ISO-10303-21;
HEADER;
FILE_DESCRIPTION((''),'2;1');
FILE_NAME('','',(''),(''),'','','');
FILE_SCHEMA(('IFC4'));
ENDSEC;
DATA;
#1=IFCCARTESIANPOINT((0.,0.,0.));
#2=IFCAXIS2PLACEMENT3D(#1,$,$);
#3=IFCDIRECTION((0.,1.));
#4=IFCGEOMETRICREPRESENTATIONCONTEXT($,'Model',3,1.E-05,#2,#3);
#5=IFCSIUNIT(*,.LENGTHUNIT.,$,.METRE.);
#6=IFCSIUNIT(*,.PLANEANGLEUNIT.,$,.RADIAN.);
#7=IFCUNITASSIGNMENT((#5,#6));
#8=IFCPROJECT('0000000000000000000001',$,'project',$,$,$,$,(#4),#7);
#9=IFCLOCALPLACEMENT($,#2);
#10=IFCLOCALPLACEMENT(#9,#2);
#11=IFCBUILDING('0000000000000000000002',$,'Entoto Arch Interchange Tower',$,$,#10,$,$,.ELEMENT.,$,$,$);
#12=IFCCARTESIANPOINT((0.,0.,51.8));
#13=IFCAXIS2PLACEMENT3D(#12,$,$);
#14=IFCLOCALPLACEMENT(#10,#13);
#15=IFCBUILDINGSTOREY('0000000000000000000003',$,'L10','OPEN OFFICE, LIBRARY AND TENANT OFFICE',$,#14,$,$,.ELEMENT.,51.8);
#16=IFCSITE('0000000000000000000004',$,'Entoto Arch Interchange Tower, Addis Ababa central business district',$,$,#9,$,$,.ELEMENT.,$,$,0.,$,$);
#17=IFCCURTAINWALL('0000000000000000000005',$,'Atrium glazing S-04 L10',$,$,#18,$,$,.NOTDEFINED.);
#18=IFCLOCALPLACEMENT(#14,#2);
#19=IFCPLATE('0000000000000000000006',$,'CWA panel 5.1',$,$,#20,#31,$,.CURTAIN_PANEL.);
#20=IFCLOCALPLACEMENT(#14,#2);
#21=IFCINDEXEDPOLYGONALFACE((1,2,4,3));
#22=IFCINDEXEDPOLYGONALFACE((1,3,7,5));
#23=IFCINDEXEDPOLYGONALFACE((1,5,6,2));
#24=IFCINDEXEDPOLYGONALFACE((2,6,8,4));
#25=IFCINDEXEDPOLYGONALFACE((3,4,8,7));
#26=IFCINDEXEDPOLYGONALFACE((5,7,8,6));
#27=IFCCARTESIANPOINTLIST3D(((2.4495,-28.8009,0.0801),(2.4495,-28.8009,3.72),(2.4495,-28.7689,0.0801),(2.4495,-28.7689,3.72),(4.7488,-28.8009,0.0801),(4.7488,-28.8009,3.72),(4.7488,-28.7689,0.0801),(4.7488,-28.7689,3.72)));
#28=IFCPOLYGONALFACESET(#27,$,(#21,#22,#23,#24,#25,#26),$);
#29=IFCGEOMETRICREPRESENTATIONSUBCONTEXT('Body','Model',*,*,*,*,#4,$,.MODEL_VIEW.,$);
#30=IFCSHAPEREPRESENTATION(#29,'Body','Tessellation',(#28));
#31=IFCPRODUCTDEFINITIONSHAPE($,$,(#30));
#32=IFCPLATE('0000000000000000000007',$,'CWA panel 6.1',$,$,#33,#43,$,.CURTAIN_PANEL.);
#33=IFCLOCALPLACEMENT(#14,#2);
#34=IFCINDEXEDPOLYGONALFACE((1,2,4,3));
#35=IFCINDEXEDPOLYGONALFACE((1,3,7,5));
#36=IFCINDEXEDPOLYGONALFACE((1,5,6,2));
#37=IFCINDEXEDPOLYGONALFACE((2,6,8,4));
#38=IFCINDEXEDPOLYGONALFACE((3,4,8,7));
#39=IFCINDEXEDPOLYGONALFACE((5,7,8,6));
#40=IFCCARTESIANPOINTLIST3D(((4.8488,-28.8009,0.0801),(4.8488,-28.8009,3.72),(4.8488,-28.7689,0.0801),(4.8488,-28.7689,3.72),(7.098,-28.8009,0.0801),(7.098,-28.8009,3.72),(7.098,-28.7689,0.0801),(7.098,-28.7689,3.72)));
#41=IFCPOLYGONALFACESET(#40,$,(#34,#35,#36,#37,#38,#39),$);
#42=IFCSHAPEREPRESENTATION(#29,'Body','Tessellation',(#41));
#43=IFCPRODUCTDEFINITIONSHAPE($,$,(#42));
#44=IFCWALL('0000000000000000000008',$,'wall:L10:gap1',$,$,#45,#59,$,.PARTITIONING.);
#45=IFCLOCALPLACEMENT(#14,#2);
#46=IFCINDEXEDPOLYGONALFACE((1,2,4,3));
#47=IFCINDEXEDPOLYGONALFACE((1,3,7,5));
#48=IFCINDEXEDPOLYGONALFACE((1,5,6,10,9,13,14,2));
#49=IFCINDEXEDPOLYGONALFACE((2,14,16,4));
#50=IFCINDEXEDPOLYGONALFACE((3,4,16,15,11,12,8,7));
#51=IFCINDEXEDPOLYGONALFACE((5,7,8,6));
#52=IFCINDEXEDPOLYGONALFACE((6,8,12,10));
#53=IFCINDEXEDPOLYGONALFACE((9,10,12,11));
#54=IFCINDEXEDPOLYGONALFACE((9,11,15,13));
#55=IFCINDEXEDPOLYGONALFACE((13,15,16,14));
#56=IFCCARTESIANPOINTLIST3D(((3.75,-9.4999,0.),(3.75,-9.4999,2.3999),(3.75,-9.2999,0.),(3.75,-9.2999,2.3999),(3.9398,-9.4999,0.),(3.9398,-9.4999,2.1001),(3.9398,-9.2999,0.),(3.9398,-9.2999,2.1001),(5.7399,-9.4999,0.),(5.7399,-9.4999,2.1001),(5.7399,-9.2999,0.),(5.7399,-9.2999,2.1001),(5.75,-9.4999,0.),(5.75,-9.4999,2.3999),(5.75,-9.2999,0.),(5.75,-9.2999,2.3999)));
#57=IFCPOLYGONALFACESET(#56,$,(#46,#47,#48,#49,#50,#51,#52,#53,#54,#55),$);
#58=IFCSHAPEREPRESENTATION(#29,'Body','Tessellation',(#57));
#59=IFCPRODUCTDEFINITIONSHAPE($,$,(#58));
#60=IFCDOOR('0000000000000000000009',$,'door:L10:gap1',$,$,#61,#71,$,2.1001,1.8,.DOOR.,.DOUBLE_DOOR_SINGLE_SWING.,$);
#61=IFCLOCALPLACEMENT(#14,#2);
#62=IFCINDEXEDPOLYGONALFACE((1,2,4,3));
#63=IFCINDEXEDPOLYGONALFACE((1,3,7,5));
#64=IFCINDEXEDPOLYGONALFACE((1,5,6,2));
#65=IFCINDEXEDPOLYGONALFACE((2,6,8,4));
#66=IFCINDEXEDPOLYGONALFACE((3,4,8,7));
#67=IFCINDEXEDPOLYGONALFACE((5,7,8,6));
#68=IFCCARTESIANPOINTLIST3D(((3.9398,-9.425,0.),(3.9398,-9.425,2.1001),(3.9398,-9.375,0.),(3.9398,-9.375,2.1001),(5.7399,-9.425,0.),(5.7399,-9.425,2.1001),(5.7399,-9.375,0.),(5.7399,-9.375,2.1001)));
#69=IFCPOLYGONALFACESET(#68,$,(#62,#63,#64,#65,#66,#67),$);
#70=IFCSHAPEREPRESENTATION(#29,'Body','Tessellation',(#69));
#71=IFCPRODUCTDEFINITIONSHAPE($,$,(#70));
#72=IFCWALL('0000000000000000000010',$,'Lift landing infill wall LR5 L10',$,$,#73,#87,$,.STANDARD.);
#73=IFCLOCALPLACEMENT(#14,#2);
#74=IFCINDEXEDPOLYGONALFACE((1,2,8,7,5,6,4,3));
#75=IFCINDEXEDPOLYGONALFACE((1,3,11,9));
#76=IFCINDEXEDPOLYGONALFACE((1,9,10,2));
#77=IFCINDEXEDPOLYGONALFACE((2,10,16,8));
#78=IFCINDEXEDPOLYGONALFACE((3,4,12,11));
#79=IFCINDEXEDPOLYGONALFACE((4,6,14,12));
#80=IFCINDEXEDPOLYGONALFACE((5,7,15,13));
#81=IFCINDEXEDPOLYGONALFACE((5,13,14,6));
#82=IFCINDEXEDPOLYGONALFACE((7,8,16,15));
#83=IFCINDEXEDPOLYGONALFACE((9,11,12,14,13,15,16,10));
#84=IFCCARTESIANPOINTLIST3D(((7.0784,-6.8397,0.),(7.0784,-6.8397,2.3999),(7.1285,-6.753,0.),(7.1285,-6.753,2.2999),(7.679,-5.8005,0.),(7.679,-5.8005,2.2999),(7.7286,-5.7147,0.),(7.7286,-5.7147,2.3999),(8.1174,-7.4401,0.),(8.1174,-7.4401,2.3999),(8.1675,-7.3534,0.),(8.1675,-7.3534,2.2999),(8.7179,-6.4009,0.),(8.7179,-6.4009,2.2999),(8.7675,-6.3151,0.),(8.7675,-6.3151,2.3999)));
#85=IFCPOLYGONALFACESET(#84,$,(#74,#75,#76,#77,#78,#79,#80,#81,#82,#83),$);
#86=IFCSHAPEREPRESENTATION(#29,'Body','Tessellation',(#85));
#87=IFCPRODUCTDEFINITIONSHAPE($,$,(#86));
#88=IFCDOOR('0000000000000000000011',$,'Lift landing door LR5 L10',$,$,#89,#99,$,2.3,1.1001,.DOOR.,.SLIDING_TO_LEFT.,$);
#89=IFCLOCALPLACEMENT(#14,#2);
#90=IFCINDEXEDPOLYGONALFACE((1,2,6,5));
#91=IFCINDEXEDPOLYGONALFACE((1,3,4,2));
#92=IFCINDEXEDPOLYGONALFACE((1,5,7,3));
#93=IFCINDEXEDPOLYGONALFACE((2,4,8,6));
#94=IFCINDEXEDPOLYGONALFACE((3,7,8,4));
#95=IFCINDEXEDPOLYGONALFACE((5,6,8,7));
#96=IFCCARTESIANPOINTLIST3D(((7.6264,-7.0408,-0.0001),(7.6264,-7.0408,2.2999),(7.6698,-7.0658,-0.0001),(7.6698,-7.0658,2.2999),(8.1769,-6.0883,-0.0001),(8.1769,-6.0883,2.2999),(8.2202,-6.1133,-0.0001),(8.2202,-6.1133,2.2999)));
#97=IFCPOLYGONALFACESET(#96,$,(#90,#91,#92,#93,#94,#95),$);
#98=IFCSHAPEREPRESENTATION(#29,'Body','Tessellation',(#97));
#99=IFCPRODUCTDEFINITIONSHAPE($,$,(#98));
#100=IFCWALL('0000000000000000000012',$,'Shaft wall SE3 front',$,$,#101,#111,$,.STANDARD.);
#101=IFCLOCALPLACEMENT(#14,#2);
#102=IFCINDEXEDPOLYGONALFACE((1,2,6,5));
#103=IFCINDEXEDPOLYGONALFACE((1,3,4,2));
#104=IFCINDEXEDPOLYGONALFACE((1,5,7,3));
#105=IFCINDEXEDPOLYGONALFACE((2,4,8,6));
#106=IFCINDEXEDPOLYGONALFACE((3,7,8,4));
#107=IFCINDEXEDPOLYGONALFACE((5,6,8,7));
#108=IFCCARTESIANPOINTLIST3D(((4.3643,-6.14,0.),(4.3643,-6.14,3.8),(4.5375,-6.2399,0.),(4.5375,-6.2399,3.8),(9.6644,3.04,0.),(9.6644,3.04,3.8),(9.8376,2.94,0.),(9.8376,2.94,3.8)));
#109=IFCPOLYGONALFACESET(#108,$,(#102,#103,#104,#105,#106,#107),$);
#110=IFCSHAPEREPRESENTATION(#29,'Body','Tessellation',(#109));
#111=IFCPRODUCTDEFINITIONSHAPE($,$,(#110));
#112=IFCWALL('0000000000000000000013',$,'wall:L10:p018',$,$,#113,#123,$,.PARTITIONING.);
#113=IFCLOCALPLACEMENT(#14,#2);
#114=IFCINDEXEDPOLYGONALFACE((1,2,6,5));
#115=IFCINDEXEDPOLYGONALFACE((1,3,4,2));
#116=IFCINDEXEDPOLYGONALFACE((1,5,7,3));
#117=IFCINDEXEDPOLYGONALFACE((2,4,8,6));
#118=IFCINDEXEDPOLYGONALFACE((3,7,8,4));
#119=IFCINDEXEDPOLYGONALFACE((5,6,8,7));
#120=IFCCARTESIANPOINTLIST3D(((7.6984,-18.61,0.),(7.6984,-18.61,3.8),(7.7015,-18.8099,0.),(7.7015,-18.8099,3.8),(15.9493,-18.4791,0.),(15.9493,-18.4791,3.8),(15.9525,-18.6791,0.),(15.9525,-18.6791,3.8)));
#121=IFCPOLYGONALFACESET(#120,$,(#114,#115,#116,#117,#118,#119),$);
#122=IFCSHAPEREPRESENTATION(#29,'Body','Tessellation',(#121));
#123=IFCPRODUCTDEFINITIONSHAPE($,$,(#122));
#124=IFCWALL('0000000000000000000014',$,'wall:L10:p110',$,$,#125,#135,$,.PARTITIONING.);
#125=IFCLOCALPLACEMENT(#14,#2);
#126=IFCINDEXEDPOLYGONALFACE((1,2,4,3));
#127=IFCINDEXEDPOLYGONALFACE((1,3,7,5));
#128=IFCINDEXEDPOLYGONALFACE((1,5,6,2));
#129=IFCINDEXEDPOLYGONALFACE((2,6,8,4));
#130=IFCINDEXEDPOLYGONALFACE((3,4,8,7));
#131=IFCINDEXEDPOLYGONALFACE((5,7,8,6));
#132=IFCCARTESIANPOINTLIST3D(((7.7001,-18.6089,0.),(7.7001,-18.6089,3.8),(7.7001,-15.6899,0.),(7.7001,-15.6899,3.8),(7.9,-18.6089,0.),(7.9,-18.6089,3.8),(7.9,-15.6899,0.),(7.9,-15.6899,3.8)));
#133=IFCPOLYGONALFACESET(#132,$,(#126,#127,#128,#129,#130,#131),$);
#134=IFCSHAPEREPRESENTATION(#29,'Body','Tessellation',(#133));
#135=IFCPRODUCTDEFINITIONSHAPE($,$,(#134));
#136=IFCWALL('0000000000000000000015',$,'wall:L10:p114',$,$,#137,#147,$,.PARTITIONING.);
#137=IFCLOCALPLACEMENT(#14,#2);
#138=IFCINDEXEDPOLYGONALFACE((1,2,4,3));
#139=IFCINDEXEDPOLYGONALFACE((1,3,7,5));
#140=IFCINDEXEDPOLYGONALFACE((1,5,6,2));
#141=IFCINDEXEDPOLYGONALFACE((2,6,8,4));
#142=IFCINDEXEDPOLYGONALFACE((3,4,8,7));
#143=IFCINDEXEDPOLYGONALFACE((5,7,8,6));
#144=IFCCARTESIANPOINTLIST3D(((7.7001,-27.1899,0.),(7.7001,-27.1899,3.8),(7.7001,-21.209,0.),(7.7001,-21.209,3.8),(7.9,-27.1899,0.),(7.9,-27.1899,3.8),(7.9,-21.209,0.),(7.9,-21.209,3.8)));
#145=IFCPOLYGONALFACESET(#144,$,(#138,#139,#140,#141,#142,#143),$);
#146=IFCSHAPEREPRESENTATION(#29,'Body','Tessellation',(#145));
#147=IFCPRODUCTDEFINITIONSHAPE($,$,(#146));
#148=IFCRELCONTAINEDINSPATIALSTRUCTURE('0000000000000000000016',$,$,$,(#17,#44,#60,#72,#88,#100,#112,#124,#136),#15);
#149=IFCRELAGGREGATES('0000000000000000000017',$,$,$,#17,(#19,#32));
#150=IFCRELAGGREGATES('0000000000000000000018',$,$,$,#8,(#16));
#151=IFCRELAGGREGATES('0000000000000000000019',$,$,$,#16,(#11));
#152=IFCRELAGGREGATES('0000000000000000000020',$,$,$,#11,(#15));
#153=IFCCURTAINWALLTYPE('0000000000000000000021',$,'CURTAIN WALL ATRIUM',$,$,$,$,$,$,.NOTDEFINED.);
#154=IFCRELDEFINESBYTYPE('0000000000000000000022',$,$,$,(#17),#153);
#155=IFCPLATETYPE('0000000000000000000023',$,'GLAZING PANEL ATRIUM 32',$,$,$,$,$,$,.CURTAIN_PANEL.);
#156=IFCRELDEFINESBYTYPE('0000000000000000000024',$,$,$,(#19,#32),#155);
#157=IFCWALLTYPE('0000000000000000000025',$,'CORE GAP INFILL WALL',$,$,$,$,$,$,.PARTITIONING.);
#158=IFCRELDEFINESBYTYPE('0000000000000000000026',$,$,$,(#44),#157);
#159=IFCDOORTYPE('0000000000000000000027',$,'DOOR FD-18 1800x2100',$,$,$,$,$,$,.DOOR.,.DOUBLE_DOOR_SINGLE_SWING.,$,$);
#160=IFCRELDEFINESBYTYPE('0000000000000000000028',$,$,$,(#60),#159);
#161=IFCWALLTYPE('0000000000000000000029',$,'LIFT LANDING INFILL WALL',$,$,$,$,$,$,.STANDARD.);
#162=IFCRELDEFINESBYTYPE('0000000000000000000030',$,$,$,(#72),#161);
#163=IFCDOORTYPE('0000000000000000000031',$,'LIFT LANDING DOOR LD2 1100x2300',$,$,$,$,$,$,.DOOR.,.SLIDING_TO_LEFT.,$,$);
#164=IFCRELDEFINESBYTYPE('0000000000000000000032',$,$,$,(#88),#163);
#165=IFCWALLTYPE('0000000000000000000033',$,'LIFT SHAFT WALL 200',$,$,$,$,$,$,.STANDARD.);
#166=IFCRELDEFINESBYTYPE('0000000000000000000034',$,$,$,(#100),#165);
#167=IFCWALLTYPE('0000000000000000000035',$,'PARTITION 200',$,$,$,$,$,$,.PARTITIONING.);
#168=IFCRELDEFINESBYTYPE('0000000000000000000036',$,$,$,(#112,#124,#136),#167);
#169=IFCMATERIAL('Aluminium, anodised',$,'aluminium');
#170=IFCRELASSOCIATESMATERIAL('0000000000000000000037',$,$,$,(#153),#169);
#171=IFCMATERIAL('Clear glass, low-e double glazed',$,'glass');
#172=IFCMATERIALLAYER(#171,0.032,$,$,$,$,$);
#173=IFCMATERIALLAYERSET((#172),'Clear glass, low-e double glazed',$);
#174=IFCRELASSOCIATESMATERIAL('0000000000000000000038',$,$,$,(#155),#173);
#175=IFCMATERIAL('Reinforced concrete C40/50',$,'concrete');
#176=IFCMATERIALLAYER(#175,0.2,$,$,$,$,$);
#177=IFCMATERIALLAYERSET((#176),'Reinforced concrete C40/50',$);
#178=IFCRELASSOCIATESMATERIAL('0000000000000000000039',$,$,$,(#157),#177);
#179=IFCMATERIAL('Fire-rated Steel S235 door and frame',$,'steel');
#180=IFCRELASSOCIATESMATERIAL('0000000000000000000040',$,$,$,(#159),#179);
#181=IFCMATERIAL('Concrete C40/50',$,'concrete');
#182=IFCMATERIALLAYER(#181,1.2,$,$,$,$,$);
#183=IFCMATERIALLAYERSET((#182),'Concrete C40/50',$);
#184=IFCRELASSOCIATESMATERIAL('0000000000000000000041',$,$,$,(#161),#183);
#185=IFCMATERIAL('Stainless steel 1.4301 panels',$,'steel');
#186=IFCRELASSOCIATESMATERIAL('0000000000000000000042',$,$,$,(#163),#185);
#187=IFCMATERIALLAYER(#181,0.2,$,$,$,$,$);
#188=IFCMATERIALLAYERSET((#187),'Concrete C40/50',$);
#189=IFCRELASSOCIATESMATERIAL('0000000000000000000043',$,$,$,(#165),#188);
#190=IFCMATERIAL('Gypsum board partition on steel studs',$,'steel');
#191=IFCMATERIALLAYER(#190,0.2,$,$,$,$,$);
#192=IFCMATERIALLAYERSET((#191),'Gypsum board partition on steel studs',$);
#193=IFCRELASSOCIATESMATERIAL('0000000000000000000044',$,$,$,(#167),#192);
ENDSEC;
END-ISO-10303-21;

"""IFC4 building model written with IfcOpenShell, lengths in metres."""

from ifc_helpers import new_model, si_unit, direction, frame, frame_2d, origin, origin_2d, place, context, subcontext, project, spatial, rectangle, extrude, material, layer, layer_set, type_object, element, fill, aggregate, save


model = new_model("IFC4")

# Units and contexts
model_context = context("Model", 3, precision=1e-05, world=origin(), true_north=direction((0.0, 1.0)))
body_context = subcontext(model_context, "Body", "Model", "MODEL_VIEW")
ifc_project = project(units=[si_unit("LENGTHUNIT", "METRE"), si_unit("PLANEANGLEUNIT", "RADIAN")], contexts=[model_context])

# Site, building, storey
site_placement = place(None, origin())
site = spatial("IfcSite", under=ifc_project, at=site_placement, Name="Entoto Arch Interchange Tower, Addis Ababa central business district", CompositionType="ELEMENT", RefElevation=0.0)
building_placement = place(site_placement, origin())
building = spatial("IfcBuilding", under=site, at=building_placement, Name="Entoto Arch Interchange Tower", CompositionType="ELEMENT")
storey_placement = place(building_placement, frame((0.0, 0.0, 51.8)))
storey = spatial("IfcBuildingStorey", under=building, at=storey_placement, Name="L10", Description="OPEN OFFICE, LIBRARY AND TENANT OFFICE", CompositionType="ELEMENT", Elevation=51.8)

# Curtain wall, plates
ifc_material_1 = material(Name="Aluminium, anodised", Category="aluminium")
curtain_wall_type = type_object("IfcCurtainWallType", Name="CURTAIN WALL ATRIUM", PredefinedType="NOTDEFINED", material=ifc_material_1)
curtain_wall_placement = place(storey_placement, origin())
curtain_wall = element("IfcCurtainWall", 1, at=curtain_wall_placement, inside=storey, type_object=curtain_wall_type, Name="Atrium glazing S-04 L10", PredefinedType="NOTDEFINED")
ifc_material_2 = material(Name="Clear glass, low-e double glazed", Category="glass")
ifc_layer_1 = layer(ifc_material_2, 0.032)
ifc_layer_set_1 = layer_set([ifc_layer_1], Name="Clear glass, low-e double glazed")
plate_type = type_object("IfcPlateType", Name="GLAZING PANEL ATRIUM 32", PredefinedType="CURTAIN_PANEL", material=ifc_layer_set_1)
plate_1_placement = place(storey_placement, frame((3.5991, -28.7849, 0.0801), z_axis=(0.0, 0.0, 1.0), x_axis=(1.0, 0.0, 0.0)))
plate_1 = element("IfcPlate", 2, at=plate_1_placement, type_object=plate_type, Name="CWA panel 5.1", PredefinedType="CURTAIN_PANEL", context=body_context, shape_type="SweptSolid", body=[
    extrude(rectangle(XDim=2.2993, YDim=0.032, at=origin_2d()), origin(), (0.0, 0.0, 1.0), 3.6399),
])
plate_2_placement = place(storey_placement, frame((5.9734, -28.7849, 0.0801), z_axis=(0.0, 0.0, 1.0), x_axis=(1.0, 0.0, 0.0)))
plate_2 = element("IfcPlate", 3, at=plate_2_placement, type_object=plate_type, Name="CWA panel 6.1", PredefinedType="CURTAIN_PANEL", context=body_context, shape_type="SweptSolid", body=[
    extrude(rectangle(XDim=2.2493, YDim=0.032, at=origin_2d()), origin(), (0.0, 0.0, 1.0), 3.6399),
])
aggregate(curtain_wall, [plate_1, plate_2])

# Walls, openings, doors
ifc_material_3 = material(Name="Reinforced concrete C40/50", Category="concrete")
ifc_layer_2 = layer(ifc_material_3, 0.2)
ifc_layer_set_2 = layer_set([ifc_layer_2], Name="Reinforced concrete C40/50")
wall_type_1 = type_object("IfcWallType", Name="CORE GAP INFILL WALL", PredefinedType="PARTITIONING", material=ifc_layer_set_2)
wall_1_placement = place(storey_placement, frame((3.75, -9.3999, 0.0), z_axis=(0.0, 0.0, 1.0), x_axis=(1.0, 0.0, 0.0)))
wall_1 = element("IfcWall", 4, at=wall_1_placement, inside=storey, type_object=wall_type_1, Name="wall:L10:gap1", PredefinedType="PARTITIONING", context=body_context, shape_type="SweptSolid", body=[
    extrude(rectangle(XDim=2.0, YDim=0.2, at=frame_2d((1.0, 0.0))), origin(), (0.0, 0.0, 1.0), 2.3999),
])
opening_1_placement = place(wall_1_placement, frame((0.1899, 0.0, 0.0)))
opening_1 = element("IfcOpeningElement", 5, at=opening_1_placement, cuts=wall_1, PredefinedType="OPENING", context=body_context, shape_type="SweptSolid", body=[
    extrude(rectangle(XDim=1.8, YDim=2.1001, at=frame_2d((0.8999, 1.05))), frame((0.0, 0.1099, 0.0), z_axis=(0.0, -1.0, 0.0), x_axis=(1.0, 0.0, 0.0)), (0.0, 0.0, 1.0), 0.22),
])
ifc_material_4 = material(Name="Fire-rated Steel S235 door and frame", Category="steel")
door_type_1 = type_object("IfcDoorType", Name="DOOR FD-18 1800x2100", OperationType="DOUBLE_DOOR_SINGLE_SWING", PredefinedType="DOOR", material=ifc_material_4)
door_1_placement = place(opening_1_placement, origin())
door_1 = element("IfcDoor", 6, at=door_1_placement, inside=storey, type_object=door_type_1, Name="door:L10:gap1", OperationType="DOUBLE_DOOR_SINGLE_SWING", OverallHeight=2.1001, OverallWidth=1.8, PredefinedType="DOOR", context=body_context, shape_type="SweptSolid", body=[
    extrude(rectangle(XDim=1.8, YDim=2.1001, at=frame_2d((0.8999, 1.05))), frame((0.0, 0.0249, 0.0), z_axis=(0.0, -1.0, 0.0), x_axis=(1.0, 0.0, 0.0)), (0.0, 0.0, 1.0), 0.05),
])
fill(opening_1, door_1)
ifc_material_5 = material(Name="Concrete C40/50", Category="concrete")
ifc_layer_3 = layer(ifc_material_5, 1.2)
ifc_layer_set_3 = layer_set([ifc_layer_3], Name="Concrete C40/50")
wall_type_2 = type_object("IfcWallType", Name="LIFT LANDING INFILL WALL", PredefinedType="STANDARD", material=ifc_layer_set_3)
wall_2_placement = place(storey_placement, frame((7.5979, -7.1399, 0.0), z_axis=(0.0, 0.0, 1.0), x_axis=(0.500362, 0.865816, 0.0)))
wall_2 = element("IfcWall", 7, at=wall_2_placement, inside=storey, type_object=wall_type_2, Name="Lift landing infill wall LR5 L10", PredefinedType="STANDARD", context=body_context, shape_type="SweptSolid", body=[
    extrude(rectangle(XDim=1.2993, YDim=1.2, at=frame_2d((0.6497, 0.0))), origin(), (0.0, 0.0, 1.0), 2.3999),
])
opening_2_placement = place(wall_2_placement, frame((0.1001, 0.0, 0.0)))
opening_2 = element("IfcOpeningElement", 8, at=opening_2_placement, cuts=wall_2, PredefinedType="OPENING", context=body_context, shape_type="SweptSolid", body=[
    extrude(rectangle(XDim=1.1001, YDim=2.3, at=frame_2d((0.55, 1.1499))), frame((0.0, 0.6099, 0.0), z_axis=(0.0, -1.0, 0.0), x_axis=(1.0, 0.0, 0.0)), (0.0, 0.0, 1.0), 1.22),
])
ifc_material_6 = material(Name="Stainless steel 1.4301 panels", Category="steel")
door_type_2 = type_object("IfcDoorType", Name="LIFT LANDING DOOR LD2 1100x2300", OperationType="SLIDING_TO_LEFT", PredefinedType="DOOR", material=ifc_material_6)
door_2_placement = place(opening_2_placement, origin())
door_2 = element("IfcDoor", 9, at=door_2_placement, inside=storey, type_object=door_type_2, Name="Lift landing door LR5 L10", OperationType="SLIDING_TO_LEFT", OverallHeight=2.3, OverallWidth=1.1001, PredefinedType="DOOR", context=body_context, shape_type="SweptSolid", body=[
    extrude(rectangle(XDim=1.1001, YDim=2.3, at=frame_2d((0.55, 1.1499))), frame((0.0, 0.0249, 0.0), z_axis=(0.0, -1.0, 0.0), x_axis=(1.0, 0.0, 0.0)), (0.0, 0.0, 1.0), 0.05),
])
fill(opening_2, door_2)

# Walls
ifc_layer_4 = layer(ifc_material_5, 0.2)
ifc_layer_set_4 = layer_set([ifc_layer_4], Name="Concrete C40/50")
wall_type_3 = type_object("IfcWallType", Name="LIFT SHAFT WALL 200", PredefinedType="STANDARD", material=ifc_layer_set_4)
wall_3_placement = place(storey_placement, frame((4.4509, -6.1899, 0.0), z_axis=(0.0, 0.0, 1.0), x_axis=(0.500001, 0.866025, 0.0)))
element("IfcWall", 10, at=wall_3_placement, inside=storey, type_object=wall_type_3, Name="Shaft wall SE3 front", PredefinedType="STANDARD", context=body_context, shape_type="SweptSolid", body=[
    extrude(rectangle(XDim=10.6001, YDim=0.2, at=frame_2d((5.3, 0.0))), origin(), (0.0, 0.0, 1.0), 3.8),
])
ifc_material_7 = material(Name="Gypsum board partition on steel studs", Category="steel")
ifc_layer_5 = layer(ifc_material_7, 0.2)
ifc_layer_set_5 = layer_set([ifc_layer_5], Name="Gypsum board partition on steel studs")
wall_type_4 = type_object("IfcWallType", Name="PARTITION 200", PredefinedType="PARTITIONING", material=ifc_layer_set_5)
wall_4_placement = place(storey_placement, frame((7.7, -18.71, 0.0), z_axis=(0.0, 0.0, 1.0), x_axis=(0.999874, 0.015858, 0.0)))
element("IfcWall", 11, at=wall_4_placement, inside=storey, type_object=wall_type_4, Name="wall:L10:p018", PredefinedType="PARTITIONING", context=body_context, shape_type="SweptSolid", body=[
    extrude(rectangle(XDim=8.252, YDim=0.2, at=frame_2d((4.126, 0.0))), origin(), (0.0, 0.0, 1.0), 3.8),
])
wall_5_placement = place(storey_placement, frame((7.8, -15.6899, 0.0), z_axis=(0.0, 0.0, 1.0), x_axis=(0.0, -1.0, 0.0)))
element("IfcWall", 12, at=wall_5_placement, inside=storey, type_object=wall_type_4, Name="wall:L10:p110", PredefinedType="PARTITIONING", context=body_context, shape_type="SweptSolid", body=[
    extrude(rectangle(XDim=2.9189, YDim=0.2, at=frame_2d((1.4595, 0.0))), origin(), (0.0, 0.0, 1.0), 3.8),
])
wall_6_placement = place(storey_placement, frame((7.8, -21.209, 0.0), z_axis=(0.0, 0.0, 1.0), x_axis=(0.0, -1.0, 0.0)))
element("IfcWall", 13, at=wall_6_placement, inside=storey, type_object=wall_type_4, Name="wall:L10:p114", PredefinedType="PARTITIONING", context=body_context, shape_type="SweptSolid", body=[
    extrude(rectangle(XDim=5.981, YDim=0.2, at=frame_2d((2.9905, 0.0))), origin(), (0.0, 0.0, 1.0), 3.8),
])

save(model, "model.ifc")
